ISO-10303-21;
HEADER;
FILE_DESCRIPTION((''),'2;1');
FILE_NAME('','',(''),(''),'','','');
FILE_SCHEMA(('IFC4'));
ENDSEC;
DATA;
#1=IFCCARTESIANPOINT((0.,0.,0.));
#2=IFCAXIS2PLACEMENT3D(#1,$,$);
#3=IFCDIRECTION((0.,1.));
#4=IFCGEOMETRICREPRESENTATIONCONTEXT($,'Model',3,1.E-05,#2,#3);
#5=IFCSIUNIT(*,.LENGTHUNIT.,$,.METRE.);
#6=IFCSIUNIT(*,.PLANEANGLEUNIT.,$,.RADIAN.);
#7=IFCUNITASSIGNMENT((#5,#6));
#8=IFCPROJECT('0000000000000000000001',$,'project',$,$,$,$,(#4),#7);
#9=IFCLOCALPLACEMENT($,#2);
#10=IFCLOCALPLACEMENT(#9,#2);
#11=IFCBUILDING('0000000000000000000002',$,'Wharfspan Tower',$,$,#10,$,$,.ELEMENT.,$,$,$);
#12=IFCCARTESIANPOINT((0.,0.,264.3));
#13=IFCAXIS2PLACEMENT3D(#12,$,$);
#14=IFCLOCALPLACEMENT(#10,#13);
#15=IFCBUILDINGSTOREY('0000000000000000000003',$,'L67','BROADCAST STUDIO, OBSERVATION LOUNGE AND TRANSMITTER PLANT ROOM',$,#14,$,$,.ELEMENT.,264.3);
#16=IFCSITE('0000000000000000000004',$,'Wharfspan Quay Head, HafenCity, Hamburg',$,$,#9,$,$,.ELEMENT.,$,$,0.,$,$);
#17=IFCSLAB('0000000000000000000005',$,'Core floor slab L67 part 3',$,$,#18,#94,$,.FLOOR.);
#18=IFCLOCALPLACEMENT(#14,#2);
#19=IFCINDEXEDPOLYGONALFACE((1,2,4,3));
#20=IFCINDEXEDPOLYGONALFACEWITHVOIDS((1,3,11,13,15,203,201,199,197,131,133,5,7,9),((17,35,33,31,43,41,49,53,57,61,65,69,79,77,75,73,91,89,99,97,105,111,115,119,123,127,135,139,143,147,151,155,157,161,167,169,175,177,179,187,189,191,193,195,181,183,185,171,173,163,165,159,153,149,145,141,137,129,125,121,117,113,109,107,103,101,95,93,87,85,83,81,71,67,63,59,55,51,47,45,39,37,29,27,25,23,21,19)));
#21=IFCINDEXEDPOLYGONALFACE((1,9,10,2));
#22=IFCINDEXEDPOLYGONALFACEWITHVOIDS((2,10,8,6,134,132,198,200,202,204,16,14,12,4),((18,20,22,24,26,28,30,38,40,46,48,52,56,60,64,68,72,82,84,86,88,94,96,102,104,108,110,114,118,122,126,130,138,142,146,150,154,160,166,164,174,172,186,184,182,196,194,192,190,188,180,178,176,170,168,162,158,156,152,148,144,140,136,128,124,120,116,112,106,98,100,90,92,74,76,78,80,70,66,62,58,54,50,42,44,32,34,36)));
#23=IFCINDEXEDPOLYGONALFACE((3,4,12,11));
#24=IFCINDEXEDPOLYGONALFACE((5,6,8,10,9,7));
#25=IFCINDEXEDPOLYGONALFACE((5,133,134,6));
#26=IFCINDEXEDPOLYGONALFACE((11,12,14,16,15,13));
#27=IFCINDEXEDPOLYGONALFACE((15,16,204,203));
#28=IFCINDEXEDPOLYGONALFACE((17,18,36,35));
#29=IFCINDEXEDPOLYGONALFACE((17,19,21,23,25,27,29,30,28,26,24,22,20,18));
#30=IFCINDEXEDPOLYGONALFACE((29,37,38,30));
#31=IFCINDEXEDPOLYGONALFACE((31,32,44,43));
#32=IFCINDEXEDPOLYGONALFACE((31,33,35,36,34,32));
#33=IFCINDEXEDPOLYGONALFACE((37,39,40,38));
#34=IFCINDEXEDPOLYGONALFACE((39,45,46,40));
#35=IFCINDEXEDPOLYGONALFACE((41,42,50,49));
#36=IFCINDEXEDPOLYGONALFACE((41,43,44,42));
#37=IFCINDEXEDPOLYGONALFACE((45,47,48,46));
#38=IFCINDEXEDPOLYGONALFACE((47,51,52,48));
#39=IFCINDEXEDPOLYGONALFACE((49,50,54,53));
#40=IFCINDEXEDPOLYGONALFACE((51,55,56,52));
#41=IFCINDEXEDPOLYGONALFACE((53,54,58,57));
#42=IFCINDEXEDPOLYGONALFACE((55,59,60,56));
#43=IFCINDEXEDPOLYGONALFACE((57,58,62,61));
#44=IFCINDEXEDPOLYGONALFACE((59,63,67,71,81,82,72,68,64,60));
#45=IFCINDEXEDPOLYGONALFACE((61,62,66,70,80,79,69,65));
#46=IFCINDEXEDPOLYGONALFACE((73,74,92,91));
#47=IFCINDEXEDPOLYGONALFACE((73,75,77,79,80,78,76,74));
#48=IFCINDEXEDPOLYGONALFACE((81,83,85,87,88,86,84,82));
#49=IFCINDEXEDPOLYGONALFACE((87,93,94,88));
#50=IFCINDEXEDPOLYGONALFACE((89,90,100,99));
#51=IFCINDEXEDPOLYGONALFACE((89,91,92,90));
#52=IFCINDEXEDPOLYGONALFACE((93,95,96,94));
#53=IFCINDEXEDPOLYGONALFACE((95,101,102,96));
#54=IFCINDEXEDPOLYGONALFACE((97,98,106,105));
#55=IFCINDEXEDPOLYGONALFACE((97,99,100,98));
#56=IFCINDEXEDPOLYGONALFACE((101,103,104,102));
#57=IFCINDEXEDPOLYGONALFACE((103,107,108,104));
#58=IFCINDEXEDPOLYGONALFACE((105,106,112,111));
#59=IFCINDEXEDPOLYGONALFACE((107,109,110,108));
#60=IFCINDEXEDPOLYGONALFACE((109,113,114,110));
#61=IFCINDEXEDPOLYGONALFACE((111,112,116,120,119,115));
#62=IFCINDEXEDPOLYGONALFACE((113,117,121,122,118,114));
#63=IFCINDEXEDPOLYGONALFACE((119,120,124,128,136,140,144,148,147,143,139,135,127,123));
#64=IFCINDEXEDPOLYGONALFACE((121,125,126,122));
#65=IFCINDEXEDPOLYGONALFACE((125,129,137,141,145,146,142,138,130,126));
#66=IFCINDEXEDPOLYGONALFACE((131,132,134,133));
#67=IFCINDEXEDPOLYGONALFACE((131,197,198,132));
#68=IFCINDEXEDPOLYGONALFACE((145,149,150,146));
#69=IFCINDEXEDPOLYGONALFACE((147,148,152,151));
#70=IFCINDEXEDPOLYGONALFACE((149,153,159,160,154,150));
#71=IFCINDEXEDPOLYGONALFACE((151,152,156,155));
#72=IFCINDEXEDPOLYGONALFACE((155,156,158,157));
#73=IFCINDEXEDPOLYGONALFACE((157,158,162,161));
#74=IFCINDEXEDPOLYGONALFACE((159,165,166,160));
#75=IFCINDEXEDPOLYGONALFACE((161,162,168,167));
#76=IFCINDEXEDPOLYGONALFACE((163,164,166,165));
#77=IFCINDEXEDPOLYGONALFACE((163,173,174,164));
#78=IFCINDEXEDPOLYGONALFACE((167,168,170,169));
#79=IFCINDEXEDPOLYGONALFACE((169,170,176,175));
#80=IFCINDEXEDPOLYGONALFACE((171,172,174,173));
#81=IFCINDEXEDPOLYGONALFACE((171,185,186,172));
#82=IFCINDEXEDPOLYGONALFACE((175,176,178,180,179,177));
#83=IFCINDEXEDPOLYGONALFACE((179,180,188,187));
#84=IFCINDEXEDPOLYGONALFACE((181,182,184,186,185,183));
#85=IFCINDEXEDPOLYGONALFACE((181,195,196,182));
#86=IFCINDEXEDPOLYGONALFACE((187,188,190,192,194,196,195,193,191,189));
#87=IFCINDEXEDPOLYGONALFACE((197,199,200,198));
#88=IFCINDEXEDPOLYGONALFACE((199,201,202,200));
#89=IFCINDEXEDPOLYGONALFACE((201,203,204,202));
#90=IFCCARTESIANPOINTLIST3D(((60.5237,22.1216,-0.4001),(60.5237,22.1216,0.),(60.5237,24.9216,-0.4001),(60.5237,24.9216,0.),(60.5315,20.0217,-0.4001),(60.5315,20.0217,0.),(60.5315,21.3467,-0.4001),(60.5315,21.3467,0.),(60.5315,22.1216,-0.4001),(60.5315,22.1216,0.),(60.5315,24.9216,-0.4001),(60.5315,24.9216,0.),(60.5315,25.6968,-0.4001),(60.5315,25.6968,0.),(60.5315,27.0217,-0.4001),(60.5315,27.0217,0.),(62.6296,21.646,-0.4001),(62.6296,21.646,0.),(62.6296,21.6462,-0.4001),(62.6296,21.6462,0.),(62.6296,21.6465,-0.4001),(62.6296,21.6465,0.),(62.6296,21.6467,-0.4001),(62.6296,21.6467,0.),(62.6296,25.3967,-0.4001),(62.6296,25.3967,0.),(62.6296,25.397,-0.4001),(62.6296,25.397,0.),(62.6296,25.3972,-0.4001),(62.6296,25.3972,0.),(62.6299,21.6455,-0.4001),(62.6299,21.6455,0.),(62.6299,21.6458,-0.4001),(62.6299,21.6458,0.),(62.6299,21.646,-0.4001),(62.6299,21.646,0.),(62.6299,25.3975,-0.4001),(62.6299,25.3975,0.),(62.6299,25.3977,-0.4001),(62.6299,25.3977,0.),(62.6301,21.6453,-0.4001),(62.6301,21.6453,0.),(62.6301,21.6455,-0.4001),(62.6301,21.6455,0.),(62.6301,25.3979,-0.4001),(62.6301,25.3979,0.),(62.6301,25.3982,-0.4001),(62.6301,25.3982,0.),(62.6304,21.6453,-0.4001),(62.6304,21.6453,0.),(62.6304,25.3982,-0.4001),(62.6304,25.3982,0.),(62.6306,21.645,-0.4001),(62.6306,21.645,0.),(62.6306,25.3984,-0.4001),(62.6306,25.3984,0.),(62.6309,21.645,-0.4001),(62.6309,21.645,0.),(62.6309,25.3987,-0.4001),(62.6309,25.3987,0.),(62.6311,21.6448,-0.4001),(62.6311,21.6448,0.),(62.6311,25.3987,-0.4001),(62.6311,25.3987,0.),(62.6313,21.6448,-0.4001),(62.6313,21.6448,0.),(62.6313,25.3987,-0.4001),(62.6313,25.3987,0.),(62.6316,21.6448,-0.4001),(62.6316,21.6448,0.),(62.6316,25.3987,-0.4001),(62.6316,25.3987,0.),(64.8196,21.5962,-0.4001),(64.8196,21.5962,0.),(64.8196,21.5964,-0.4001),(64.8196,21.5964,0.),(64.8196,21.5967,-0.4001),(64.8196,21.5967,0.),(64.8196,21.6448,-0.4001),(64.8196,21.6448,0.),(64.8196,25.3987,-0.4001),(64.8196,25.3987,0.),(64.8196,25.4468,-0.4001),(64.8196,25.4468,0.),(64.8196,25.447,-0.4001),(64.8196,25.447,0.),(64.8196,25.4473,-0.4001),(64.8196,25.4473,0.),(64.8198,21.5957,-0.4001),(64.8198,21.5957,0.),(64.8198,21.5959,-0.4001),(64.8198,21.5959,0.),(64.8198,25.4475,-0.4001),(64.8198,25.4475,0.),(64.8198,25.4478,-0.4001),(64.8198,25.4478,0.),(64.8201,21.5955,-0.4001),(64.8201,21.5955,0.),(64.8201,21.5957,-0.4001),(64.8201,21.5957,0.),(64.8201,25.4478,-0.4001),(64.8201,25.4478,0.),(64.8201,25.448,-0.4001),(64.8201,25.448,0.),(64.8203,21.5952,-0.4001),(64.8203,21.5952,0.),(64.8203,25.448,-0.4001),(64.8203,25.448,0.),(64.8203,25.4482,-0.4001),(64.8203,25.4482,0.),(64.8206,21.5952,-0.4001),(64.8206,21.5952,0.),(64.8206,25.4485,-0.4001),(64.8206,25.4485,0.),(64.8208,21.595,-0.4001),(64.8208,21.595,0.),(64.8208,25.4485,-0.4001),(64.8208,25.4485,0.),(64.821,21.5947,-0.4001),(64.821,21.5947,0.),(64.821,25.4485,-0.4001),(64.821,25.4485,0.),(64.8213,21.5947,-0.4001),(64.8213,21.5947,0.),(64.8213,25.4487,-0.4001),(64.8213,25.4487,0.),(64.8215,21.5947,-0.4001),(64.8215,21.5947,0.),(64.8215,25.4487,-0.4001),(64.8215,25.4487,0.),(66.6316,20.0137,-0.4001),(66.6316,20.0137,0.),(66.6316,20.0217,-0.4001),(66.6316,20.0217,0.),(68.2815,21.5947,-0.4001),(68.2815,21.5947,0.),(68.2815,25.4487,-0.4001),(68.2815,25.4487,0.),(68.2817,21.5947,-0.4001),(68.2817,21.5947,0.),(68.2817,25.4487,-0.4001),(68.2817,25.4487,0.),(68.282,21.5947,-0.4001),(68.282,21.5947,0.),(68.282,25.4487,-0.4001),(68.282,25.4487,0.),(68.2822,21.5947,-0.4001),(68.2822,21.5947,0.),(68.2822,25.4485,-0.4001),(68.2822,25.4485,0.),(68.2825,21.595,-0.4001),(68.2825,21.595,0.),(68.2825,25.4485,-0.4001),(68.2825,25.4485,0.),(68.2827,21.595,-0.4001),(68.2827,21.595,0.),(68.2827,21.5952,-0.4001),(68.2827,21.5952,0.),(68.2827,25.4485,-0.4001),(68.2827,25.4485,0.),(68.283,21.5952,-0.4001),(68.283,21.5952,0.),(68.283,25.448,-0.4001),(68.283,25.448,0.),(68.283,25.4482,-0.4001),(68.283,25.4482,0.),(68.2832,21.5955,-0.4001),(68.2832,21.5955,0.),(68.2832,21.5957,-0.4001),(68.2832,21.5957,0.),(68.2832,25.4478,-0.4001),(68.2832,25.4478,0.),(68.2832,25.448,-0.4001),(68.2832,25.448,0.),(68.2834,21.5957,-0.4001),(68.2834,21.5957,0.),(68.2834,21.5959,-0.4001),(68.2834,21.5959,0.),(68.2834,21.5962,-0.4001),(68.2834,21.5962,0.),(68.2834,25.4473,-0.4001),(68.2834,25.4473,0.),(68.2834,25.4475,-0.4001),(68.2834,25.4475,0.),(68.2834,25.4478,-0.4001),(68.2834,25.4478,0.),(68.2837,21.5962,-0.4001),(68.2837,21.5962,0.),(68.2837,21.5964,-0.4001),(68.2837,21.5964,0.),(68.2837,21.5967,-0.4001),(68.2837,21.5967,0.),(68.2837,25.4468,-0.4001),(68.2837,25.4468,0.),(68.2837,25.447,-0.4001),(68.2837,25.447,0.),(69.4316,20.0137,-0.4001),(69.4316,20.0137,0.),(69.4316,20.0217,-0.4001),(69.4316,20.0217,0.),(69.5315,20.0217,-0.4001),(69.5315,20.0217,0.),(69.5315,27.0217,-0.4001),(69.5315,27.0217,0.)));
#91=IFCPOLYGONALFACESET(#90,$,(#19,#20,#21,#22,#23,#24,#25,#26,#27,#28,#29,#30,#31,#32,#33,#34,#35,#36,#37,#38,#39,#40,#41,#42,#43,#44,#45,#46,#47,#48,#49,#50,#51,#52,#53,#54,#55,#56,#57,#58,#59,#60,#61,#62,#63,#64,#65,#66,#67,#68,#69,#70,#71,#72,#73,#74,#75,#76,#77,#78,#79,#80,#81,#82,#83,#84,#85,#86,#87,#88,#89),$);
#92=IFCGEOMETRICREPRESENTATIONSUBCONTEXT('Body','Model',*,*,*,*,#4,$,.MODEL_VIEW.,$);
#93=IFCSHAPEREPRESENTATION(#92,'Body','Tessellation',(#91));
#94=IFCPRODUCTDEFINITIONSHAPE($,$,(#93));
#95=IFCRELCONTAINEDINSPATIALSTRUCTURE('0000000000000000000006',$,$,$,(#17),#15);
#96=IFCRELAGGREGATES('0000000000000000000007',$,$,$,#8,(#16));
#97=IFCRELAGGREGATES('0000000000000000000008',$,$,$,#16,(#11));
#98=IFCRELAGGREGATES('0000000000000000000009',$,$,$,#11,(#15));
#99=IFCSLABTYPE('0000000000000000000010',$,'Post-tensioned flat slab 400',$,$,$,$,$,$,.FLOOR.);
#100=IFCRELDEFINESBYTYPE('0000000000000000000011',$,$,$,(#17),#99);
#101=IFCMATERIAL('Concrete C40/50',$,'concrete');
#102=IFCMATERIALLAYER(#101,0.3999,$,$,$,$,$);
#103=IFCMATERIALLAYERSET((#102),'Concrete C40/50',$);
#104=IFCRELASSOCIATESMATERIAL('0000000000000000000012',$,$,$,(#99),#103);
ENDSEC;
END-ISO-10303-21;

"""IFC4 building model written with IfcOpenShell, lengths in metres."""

from ifc_helpers import new_model, si_unit, direction, frame, origin, place, context, subcontext, project, spatial, polyline, outline, extrude, material, layer, layer_set, type_object, element, save


model = new_model("IFC4")

# Units and contexts
model_context = context("Model", 3, precision=1e-05, world=origin(), true_north=direction((0.0, 1.0)))
body_context = subcontext(model_context, "Body", "Model", "MODEL_VIEW")
ifc_project = project(units=[si_unit("LENGTHUNIT", "METRE"), si_unit("PLANEANGLEUNIT", "RADIAN")], contexts=[model_context])

# Site, building, storey
site_placement = place(None, origin())
site = spatial("IfcSite", under=ifc_project, at=site_placement, Name="Wharfspan Quay Head, HafenCity, Hamburg", CompositionType="ELEMENT", RefElevation=0.0)
building_placement = place(site_placement, origin())
building = spatial("IfcBuilding", under=site, at=building_placement, Name="Wharfspan Tower", CompositionType="ELEMENT")
storey_placement = place(building_placement, frame((0.0, 0.0, 264.3)))
storey = spatial("IfcBuildingStorey", under=building, at=storey_placement, Name="L67", Description="BROADCAST STUDIO, OBSERVATION LOUNGE AND TRANSMITTER PLANT ROOM", CompositionType="ELEMENT", Elevation=264.3)

# Slab
ifc_material_1 = material(Name="Concrete C40/50", Category="concrete")
ifc_layer_1 = layer(ifc_material_1, 0.3999)
ifc_layer_set_1 = layer_set([ifc_layer_1], Name="Concrete C40/50")
slab_type_1 = type_object("IfcSlabType", Name="Post-tensioned flat slab 400", PredefinedType="FLOOR", material=ifc_layer_set_1)
slab_1_placement = place(storey_placement, frame((0.0, 0.0, -0.4001)))
element("IfcSlab", 1, at=slab_1_placement, inside=storey, type_object=slab_type_1, Name="Core floor slab L67 part 3", PredefinedType="FLOOR", context=body_context, shape_type="SweptSolid", body=[
    extrude(outline(polyline([(66.6316, 20.0137), (69.4316, 20.0137), (69.4316, 20.0217), (69.5315, 20.0217), (69.5315, 27.0217), (60.5315, 27.0217), (60.5315, 25.6968), (60.5315, 24.9216), (60.5237, 24.9216), (60.5237, 22.1216), (60.5315, 22.1216), (60.5315, 21.3467), (60.5315, 20.0217), (66.6316, 20.0217), (66.6316, 20.0137)]), holes=[polyline([(68.2815, 25.4487), (68.2817, 25.4487), (68.282, 25.4487), (68.2822, 25.4485), (68.2825, 25.4485), (68.2827, 25.4485), (68.2827, 25.4485), (68.283, 25.4482), (68.283, 25.448), (68.2832, 25.448), (68.2832, 25.4478), (68.2834, 25.4478), (68.2834, 25.4475), (68.2834, 25.4473), (68.2837, 25.447), (68.2837, 25.447), (68.2837, 25.4468), (68.2837, 21.5967), (68.2837, 21.5964), (68.2837, 21.5962), (68.2834, 21.5962), (68.2834, 21.5959), (68.2834, 21.5957), (68.2832, 21.5957), (68.2832, 21.5955), (68.283, 21.5952), (68.283, 21.5952), (68.2827, 21.5952), (68.2827, 21.595), (68.2825, 21.595), (68.2822, 21.5947), (68.282, 21.5947), (68.2817, 21.5947), (68.2815, 21.5947), (64.8215, 21.5947), (64.8213, 21.5947), (64.8213, 21.5947), (64.821, 21.5947), (64.8208, 21.595), (64.8208, 21.595), (64.8206, 21.5952), (64.8203, 21.5952), (64.8203, 21.5952), (64.8201, 21.5955), (64.8201, 21.5957), (64.8198, 21.5957), (64.8198, 21.5959), (64.8196, 21.5962), (64.8196, 21.5962), (64.8196, 21.5964), (64.8196, 21.5967), (64.8196, 21.6448), (62.6316, 21.6448), (62.6313, 21.6448), (62.6311, 21.6448), (62.6311, 21.6448), (62.6309, 21.645), (62.6306, 21.645), (62.6306, 21.645), (62.6304, 21.6453), (62.6301, 21.6453), (62.6301, 21.6455), (62.6299, 21.6455), (62.6299, 21.6458), (62.6299, 21.646), (62.6296, 21.646), (62.6296, 21.6462), (62.6296, 21.6465), (62.6296, 21.6467), (62.6296, 25.3967), (62.6296, 25.397), (62.6296, 25.3972), (62.6296, 25.3972), (62.6299, 25.3975), (62.6299, 25.3977), (62.6299, 25.3977), (62.6301, 25.3979), (62.6301, 25.3982), (62.6304, 25.3982), (62.6306, 25.3984), (62.6306, 25.3984), (62.6309, 25.3987), (62.6311, 25.3987), (62.6311, 25.3987), (62.6313, 25.3987), (62.6316, 25.3987), (64.8196, 25.3987), (64.8196, 25.4468), (64.8196, 25.447), (64.8196, 25.447), (64.8196, 25.4473), (64.8198, 25.4475), (64.8198, 25.4478), (64.8201, 25.4478), (64.8201, 25.448), (64.8203, 25.448), (64.8203, 25.4482), (64.8206, 25.4485), (64.8208, 25.4485), (64.8208, 25.4485), (64.821, 25.4485), (64.8213, 25.4487), (64.8213, 25.4487), (64.8215, 25.4487), (68.2815, 25.4487)])]), origin(), (0.0, 0.0, 1.0), 0.4001),
])

save(model, "model.ifc")
